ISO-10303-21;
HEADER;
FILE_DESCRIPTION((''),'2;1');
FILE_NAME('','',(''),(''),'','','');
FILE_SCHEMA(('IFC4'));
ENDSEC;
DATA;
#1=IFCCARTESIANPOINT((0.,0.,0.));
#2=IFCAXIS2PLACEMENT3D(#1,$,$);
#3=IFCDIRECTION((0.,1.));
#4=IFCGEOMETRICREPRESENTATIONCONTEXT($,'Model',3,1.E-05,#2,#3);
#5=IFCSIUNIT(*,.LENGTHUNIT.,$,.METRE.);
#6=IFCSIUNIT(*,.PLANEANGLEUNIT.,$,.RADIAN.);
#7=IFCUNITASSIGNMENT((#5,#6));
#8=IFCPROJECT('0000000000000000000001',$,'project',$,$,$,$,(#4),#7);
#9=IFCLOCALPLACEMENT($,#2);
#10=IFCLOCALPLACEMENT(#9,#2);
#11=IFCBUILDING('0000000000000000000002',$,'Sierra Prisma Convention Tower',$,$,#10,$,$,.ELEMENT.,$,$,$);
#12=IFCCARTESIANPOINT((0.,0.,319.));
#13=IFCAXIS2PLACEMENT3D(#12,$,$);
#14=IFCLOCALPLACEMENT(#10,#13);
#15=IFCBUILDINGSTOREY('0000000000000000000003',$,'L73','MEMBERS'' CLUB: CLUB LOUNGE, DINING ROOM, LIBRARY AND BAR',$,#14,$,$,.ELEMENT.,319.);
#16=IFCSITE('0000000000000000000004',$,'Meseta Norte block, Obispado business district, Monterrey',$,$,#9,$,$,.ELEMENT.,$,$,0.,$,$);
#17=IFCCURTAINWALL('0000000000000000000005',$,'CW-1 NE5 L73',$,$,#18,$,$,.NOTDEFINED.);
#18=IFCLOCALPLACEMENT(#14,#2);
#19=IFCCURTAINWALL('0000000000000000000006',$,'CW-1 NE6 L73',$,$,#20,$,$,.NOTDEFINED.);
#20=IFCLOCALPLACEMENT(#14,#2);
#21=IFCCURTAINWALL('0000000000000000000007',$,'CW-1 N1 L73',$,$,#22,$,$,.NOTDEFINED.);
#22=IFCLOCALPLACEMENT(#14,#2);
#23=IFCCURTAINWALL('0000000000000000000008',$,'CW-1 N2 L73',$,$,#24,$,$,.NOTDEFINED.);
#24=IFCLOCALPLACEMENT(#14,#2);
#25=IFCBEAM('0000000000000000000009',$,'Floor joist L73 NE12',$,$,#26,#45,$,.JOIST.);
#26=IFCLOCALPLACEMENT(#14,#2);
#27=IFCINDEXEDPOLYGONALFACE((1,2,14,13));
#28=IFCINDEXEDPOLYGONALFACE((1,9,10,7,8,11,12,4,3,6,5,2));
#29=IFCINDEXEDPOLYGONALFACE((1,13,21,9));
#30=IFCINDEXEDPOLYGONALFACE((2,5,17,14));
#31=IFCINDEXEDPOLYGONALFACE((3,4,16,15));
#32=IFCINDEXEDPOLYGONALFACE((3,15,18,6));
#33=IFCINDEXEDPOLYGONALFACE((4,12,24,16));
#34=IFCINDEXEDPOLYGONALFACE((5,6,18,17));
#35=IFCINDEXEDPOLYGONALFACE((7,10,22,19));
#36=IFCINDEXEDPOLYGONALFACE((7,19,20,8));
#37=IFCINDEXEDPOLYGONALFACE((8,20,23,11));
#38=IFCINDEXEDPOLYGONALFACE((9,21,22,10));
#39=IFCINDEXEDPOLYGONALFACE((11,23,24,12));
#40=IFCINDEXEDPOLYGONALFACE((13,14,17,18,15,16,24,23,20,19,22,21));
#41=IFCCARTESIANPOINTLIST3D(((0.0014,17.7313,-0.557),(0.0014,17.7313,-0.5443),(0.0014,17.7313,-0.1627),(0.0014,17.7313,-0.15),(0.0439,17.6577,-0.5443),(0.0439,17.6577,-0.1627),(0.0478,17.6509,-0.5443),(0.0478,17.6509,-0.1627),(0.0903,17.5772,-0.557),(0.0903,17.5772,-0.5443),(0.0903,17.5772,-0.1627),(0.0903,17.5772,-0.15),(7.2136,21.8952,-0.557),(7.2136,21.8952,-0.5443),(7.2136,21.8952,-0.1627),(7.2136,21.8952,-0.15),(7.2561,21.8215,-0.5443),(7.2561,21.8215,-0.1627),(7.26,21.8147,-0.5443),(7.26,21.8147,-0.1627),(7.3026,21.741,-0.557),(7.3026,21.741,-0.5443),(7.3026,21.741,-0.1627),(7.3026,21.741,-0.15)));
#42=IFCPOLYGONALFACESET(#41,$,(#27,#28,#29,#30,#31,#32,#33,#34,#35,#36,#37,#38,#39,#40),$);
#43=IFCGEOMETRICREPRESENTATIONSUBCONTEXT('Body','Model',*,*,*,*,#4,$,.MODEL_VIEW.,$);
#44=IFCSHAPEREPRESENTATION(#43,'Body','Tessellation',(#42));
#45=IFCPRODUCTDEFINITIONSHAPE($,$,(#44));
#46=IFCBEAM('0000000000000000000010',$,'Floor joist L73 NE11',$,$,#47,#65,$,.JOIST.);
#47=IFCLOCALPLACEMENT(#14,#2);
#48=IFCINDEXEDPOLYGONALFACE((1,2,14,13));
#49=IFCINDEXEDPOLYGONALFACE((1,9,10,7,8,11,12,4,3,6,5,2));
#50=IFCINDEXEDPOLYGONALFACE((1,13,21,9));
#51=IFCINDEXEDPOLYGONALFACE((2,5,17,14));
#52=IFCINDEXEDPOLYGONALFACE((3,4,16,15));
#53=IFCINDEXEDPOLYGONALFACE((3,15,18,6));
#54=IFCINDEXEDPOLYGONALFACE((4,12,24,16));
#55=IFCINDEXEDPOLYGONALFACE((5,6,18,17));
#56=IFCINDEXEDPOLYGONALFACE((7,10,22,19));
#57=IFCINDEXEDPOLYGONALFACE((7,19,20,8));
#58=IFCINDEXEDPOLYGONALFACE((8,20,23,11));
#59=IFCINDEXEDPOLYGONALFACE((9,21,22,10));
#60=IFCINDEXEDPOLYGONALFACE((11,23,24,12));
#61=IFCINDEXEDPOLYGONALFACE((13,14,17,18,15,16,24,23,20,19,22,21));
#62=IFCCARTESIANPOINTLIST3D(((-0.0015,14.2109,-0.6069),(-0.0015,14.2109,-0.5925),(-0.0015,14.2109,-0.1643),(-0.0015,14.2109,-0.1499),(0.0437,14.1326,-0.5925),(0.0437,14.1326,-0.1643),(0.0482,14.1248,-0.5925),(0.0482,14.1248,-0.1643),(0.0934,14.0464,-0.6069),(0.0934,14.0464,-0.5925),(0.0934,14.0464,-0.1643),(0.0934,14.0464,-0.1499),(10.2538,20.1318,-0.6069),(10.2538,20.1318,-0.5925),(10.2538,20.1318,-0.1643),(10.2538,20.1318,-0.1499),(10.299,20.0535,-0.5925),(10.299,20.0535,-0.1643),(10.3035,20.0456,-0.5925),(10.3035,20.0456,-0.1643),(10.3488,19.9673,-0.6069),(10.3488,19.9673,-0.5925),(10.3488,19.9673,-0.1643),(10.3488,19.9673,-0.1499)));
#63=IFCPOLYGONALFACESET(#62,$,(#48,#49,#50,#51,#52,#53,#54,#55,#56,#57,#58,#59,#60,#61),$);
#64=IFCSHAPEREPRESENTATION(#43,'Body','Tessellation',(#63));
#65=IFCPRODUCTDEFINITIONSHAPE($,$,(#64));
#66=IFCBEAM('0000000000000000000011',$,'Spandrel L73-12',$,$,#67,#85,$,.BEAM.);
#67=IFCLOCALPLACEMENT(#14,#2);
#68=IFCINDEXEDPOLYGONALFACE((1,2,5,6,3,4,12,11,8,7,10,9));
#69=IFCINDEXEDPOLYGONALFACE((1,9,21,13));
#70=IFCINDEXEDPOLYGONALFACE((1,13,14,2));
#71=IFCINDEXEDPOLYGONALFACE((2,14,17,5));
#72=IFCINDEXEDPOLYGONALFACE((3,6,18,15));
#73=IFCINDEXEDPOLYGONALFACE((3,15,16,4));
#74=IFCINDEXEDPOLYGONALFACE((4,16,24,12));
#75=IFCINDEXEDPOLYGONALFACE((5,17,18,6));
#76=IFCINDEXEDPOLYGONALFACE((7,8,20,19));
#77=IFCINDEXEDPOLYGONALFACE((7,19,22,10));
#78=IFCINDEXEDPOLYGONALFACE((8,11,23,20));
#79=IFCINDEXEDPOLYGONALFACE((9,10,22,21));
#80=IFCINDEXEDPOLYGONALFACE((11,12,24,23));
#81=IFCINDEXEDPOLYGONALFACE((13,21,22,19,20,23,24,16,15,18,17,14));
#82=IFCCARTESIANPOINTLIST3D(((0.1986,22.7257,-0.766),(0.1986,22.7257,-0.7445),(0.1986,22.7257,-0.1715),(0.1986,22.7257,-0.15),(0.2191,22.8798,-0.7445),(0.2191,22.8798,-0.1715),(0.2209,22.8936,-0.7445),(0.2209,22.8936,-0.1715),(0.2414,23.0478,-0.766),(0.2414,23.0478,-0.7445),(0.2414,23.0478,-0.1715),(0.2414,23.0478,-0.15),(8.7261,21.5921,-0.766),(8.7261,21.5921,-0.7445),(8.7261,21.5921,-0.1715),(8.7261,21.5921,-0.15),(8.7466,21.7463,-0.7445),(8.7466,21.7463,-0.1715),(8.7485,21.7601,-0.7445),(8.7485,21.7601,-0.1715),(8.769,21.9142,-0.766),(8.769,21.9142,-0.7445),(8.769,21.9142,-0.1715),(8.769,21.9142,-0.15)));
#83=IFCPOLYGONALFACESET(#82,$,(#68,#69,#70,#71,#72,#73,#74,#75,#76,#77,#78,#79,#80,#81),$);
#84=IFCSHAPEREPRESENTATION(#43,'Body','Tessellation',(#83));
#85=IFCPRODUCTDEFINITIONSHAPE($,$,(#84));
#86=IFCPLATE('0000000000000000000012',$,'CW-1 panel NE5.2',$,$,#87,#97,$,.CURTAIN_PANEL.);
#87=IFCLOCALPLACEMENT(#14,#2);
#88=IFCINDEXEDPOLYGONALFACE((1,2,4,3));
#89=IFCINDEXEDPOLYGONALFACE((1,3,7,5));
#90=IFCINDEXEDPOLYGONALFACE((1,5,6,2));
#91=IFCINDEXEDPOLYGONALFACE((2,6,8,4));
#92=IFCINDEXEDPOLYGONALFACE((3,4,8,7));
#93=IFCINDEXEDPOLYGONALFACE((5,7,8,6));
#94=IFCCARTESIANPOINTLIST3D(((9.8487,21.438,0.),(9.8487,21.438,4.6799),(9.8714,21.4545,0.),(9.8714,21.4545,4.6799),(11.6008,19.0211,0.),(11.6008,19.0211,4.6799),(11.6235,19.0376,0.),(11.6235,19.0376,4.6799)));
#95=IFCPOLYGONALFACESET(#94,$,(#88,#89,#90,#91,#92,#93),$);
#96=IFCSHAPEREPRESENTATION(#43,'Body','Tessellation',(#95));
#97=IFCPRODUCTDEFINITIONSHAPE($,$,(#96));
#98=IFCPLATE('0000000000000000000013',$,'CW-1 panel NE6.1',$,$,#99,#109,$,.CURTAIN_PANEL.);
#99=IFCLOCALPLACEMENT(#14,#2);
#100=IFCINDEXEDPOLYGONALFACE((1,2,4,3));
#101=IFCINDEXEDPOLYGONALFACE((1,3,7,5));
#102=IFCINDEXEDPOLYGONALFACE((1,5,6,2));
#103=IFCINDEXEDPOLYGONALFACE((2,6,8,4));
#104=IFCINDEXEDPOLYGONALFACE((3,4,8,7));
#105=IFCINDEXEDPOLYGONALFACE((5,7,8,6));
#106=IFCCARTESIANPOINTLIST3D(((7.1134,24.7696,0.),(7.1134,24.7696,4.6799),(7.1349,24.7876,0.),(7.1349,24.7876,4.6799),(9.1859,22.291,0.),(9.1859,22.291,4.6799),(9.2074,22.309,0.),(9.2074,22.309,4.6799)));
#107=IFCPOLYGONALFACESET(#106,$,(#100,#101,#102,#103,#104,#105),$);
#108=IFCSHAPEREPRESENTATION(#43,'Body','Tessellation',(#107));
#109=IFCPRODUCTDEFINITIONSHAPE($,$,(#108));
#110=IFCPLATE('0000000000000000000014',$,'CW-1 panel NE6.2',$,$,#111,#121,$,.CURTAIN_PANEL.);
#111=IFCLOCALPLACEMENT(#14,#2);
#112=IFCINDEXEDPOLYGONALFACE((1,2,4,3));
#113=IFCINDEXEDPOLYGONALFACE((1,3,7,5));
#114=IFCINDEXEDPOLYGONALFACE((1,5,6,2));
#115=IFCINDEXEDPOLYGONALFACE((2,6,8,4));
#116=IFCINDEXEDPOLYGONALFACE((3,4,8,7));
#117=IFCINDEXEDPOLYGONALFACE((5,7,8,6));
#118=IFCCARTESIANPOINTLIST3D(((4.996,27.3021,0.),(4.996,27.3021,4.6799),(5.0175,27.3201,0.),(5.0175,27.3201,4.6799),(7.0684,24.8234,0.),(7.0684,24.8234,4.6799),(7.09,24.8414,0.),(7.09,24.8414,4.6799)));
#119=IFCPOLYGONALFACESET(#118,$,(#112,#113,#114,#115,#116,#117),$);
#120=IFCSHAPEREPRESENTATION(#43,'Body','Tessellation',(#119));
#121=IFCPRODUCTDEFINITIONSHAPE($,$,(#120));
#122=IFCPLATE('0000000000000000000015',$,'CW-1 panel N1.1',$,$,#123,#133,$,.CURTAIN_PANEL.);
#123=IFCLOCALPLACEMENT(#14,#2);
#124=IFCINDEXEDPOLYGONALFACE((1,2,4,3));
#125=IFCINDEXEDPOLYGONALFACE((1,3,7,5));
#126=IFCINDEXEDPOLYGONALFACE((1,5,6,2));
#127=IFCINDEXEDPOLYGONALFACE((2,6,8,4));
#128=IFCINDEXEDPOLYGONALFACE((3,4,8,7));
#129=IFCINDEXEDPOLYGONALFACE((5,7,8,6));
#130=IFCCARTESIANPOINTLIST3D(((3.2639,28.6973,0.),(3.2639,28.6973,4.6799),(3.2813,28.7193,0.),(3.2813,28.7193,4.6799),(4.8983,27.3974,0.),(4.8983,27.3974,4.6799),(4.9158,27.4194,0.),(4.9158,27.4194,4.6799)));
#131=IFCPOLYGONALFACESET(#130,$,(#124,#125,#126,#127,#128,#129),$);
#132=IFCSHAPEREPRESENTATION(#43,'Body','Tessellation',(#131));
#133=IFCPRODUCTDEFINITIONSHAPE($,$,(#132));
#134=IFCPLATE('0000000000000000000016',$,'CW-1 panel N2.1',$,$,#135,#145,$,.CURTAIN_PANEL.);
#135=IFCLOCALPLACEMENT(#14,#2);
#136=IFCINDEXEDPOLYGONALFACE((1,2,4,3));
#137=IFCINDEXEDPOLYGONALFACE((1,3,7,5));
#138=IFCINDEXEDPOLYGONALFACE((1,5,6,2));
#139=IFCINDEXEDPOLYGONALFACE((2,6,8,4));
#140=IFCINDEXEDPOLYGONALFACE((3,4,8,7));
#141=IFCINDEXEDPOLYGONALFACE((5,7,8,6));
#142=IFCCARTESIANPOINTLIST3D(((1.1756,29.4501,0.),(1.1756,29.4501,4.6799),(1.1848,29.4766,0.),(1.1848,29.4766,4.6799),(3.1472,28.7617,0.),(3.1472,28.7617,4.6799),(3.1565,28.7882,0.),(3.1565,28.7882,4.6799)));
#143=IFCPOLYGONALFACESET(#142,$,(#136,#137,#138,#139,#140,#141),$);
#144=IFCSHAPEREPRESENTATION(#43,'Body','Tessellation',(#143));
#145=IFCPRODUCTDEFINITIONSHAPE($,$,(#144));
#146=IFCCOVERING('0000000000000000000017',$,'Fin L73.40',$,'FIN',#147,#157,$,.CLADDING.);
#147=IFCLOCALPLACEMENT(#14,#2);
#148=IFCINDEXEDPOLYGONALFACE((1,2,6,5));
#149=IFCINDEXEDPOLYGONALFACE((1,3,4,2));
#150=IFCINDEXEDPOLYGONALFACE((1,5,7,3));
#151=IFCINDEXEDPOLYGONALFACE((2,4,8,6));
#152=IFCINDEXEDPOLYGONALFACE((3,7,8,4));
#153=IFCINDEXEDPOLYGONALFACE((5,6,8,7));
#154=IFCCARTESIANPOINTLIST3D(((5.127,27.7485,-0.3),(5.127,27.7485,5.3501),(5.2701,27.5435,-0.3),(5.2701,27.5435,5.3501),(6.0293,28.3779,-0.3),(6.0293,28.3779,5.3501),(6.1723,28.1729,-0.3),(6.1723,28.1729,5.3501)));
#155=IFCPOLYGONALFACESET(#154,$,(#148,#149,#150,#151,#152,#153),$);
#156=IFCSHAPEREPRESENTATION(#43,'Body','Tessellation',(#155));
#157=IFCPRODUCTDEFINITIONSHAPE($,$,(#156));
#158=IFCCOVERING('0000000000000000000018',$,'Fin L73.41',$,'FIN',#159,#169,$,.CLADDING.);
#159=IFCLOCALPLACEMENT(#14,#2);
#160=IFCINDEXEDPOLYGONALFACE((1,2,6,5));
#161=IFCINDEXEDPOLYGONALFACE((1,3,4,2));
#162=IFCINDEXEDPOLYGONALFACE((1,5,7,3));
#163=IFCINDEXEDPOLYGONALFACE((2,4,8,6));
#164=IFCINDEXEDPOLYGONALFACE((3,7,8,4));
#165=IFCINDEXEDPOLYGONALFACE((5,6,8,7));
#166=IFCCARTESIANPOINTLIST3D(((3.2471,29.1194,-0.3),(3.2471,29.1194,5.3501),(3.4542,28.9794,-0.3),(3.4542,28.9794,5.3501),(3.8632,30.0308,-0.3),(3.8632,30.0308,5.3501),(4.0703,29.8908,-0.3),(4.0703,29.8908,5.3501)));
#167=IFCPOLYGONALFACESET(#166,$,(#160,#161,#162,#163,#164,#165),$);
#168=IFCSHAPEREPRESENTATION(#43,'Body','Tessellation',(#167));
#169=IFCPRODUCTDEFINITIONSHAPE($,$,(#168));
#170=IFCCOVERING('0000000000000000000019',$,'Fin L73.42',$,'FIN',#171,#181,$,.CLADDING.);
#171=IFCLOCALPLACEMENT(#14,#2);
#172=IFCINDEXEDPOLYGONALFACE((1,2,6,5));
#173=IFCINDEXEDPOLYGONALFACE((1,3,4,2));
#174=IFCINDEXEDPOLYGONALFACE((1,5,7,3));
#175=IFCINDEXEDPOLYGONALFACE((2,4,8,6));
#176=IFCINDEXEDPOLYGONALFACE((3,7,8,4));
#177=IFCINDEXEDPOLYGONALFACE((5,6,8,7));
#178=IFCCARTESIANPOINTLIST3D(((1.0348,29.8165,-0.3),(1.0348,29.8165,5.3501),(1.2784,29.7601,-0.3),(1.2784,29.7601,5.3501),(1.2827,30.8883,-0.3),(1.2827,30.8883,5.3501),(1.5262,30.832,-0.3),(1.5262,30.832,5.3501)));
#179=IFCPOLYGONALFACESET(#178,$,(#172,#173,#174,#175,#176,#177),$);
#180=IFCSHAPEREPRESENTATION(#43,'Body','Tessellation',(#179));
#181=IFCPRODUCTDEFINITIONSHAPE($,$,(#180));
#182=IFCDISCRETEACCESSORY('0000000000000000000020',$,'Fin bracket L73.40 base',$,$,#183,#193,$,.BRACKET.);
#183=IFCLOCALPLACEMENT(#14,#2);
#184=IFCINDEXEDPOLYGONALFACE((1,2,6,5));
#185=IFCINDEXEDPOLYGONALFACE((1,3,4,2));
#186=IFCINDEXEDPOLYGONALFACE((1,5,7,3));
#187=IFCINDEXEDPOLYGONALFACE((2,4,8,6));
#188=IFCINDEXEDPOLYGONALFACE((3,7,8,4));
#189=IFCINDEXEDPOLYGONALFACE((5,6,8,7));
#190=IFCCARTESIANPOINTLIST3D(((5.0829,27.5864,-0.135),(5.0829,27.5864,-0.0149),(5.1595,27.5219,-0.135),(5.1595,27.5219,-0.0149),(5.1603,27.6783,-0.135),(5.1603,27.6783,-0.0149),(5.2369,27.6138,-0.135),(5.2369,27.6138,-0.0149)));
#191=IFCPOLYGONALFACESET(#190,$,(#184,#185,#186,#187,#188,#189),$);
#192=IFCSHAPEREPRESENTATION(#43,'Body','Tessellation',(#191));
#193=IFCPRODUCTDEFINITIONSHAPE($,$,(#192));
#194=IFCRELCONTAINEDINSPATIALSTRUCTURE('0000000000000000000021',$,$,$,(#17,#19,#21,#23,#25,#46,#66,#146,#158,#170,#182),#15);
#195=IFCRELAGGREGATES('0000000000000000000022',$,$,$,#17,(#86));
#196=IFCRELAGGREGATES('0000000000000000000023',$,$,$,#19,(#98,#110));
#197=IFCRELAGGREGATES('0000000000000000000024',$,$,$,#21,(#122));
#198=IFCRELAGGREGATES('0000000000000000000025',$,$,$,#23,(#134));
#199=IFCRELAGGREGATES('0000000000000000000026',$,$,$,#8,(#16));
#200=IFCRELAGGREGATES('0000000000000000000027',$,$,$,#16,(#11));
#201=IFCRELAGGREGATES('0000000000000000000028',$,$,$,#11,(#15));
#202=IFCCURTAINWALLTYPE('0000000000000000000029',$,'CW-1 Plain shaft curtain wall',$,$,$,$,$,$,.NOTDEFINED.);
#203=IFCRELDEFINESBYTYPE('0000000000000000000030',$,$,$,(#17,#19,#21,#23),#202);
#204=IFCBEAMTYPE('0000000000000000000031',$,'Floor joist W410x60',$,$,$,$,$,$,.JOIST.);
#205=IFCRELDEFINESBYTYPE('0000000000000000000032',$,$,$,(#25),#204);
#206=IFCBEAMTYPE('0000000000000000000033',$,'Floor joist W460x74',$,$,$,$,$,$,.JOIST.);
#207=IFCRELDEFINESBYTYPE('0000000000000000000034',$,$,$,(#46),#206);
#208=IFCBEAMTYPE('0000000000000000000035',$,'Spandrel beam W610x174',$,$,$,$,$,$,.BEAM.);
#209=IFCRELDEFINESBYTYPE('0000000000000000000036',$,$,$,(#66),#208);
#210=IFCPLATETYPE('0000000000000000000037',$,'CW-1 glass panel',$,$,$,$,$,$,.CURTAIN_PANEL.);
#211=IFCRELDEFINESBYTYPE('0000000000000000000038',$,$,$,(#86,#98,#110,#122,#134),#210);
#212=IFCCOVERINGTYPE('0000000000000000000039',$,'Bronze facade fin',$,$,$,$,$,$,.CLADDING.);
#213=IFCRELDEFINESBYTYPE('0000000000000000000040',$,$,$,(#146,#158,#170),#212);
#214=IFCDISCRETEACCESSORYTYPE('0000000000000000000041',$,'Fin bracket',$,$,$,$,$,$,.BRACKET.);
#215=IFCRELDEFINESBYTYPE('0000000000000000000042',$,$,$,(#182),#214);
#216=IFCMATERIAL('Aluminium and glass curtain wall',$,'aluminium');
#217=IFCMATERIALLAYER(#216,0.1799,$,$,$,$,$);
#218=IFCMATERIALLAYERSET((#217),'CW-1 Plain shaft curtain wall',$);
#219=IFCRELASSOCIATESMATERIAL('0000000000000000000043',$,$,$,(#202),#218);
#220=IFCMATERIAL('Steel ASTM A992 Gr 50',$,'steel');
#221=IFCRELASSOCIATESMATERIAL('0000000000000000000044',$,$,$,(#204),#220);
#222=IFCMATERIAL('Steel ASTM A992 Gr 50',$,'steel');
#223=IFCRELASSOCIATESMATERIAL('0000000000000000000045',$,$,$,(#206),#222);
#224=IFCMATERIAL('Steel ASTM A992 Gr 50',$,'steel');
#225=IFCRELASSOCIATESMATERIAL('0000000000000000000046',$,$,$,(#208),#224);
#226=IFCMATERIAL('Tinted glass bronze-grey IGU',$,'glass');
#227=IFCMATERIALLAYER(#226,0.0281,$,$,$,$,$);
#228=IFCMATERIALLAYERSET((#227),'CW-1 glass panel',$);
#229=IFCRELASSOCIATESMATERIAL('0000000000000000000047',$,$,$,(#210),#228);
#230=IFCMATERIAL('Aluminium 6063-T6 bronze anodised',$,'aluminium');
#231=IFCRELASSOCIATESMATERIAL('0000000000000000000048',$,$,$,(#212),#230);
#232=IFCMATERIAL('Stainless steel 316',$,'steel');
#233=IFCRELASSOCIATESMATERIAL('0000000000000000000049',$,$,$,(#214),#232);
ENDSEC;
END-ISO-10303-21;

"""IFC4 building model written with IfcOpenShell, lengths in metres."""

from ifc_helpers import new_model, si_unit, direction, frame, origin, origin_2d, place, context, subcontext, project, spatial, rectangle, i_section, extrude, material, layer, layer_set, material_profile, profile_set, type_object, element, aggregate, save


model = new_model("IFC4")

# Units and contexts
model_context = context("Model", 3, precision=1e-05, world=origin(), true_north=direction((0.0, 1.0)))
body_context = subcontext(model_context, "Body", "Model", "MODEL_VIEW")
ifc_project = project(units=[si_unit("LENGTHUNIT", "METRE"), si_unit("PLANEANGLEUNIT", "RADIAN")], contexts=[model_context])

# Site, building, storey
site_placement = place(None, origin())
site = spatial("IfcSite", under=ifc_project, at=site_placement, Name="Meseta Norte block, Obispado business district, Monterrey", CompositionType="ELEMENT", RefElevation=0.0)
building_placement = place(site_placement, origin())
building = spatial("IfcBuilding", under=site, at=building_placement, Name="Sierra Prisma Convention Tower", CompositionType="ELEMENT")
storey_placement = place(building_placement, frame((0.0, 0.0, 319.0)))
storey = spatial("IfcBuildingStorey", under=building, at=storey_placement, Name="L73", Description="MEMBERS' CLUB: CLUB LOUNGE, DINING ROOM, LIBRARY AND BAR", CompositionType="ELEMENT", Elevation=319.0)

# Curtain walls
ifc_material_1 = material(Name="Aluminium and glass curtain wall", Category="aluminium")
ifc_layer_1 = layer(ifc_material_1, 0.1799)
ifc_layer_set_1 = layer_set([ifc_layer_1], Name="CW-1 Plain shaft curtain wall")
curtain_wall_type = type_object("IfcCurtainWallType", Name="CW-1 Plain shaft curtain wall", PredefinedType="NOTDEFINED", material=ifc_layer_set_1)
curtain_wall_1_placement = place(storey_placement, origin())
curtain_wall_1 = element("IfcCurtainWall", 1, at=curtain_wall_1_placement, inside=storey, type_object=curtain_wall_type, Name="CW-1 NE5 L73", PredefinedType="NOTDEFINED")
curtain_wall_2_placement = place(storey_placement, origin())
curtain_wall_2 = element("IfcCurtainWall", 2, at=curtain_wall_2_placement, inside=storey, type_object=curtain_wall_type, Name="CW-1 NE6 L73", PredefinedType="NOTDEFINED")
curtain_wall_3_placement = place(storey_placement, origin())
curtain_wall_3 = element("IfcCurtainWall", 3, at=curtain_wall_3_placement, inside=storey, type_object=curtain_wall_type, Name="CW-1 N1 L73", PredefinedType="NOTDEFINED")
curtain_wall_4_placement = place(storey_placement, origin())
curtain_wall_4 = element("IfcCurtainWall", 4, at=curtain_wall_4_placement, inside=storey, type_object=curtain_wall_type, Name="CW-1 N2 L73", PredefinedType="NOTDEFINED")

# Beams
ifc_material_2 = material(Name="Steel ASTM A992 Gr 50", Category="steel")
ifc_material_profile_1 = material_profile(ifc_material_2, i_section(OverallWidth=0.178, OverallDepth=0.407, WebThickness=0.0078, FlangeThickness=0.0127, at=origin_2d()), Name="W410x60")
ifc_profile_set_1 = profile_set([ifc_material_profile_1], Name="Steel ASTM A992 Gr 50")
beam_type_1 = type_object("IfcBeamType", Name="Floor joist W410x60", PredefinedType="JOIST", material=ifc_profile_set_1)
beam_1_placement = place(storey_placement, frame((7.2581, 21.8181, -0.3535), z_axis=(-0.866032, -0.499989, 0.0), x_axis=(0.499989, -0.866032, 0.0)))
element("IfcBeam", 5, at=beam_1_placement, inside=storey, type_object=beam_type_1, Name="Floor joist L73 NE12", PredefinedType="JOIST", context=body_context, shape_type="SweptSolid", body=[
    extrude(i_section(OverallWidth=0.178, OverallDepth=0.407, WebThickness=0.0078, FlangeThickness=0.0127, at=origin_2d()), origin(), (0.0, 0.0, 1.0), 8.3279),
])
ifc_material_3 = material(Name="Steel ASTM A992 Gr 50", Category="steel")
ifc_material_profile_2 = material_profile(ifc_material_3, i_section(OverallWidth=0.1899, OverallDepth=0.457, WebThickness=0.009, FlangeThickness=0.0144, at=origin_2d()), Name="W460x74")
ifc_profile_set_2 = profile_set([ifc_material_profile_2], Name="Steel ASTM A992 Gr 50")
beam_type_2 = type_object("IfcBeamType", Name="Floor joist W460x74", PredefinedType="JOIST", material=ifc_profile_set_2)
beam_2_placement = place(storey_placement, frame((10.3013, 20.0496, -0.3784), z_axis=(-0.866027, -0.499997, 0.0), x_axis=(0.499997, -0.866027, 0.0)))
element("IfcBeam", 6, at=beam_2_placement, inside=storey, type_object=beam_type_2, Name="Floor joist L73 NE11", PredefinedType="JOIST", context=body_context, shape_type="SweptSolid", body=[
    extrude(i_section(OverallWidth=0.1899, OverallDepth=0.457, WebThickness=0.009, FlangeThickness=0.0144, at=origin_2d()), origin(), (0.0, 0.0, 1.0), 11.8418),
])
ifc_material_4 = material(Name="Steel ASTM A992 Gr 50", Category="steel")
ifc_material_profile_3 = material_profile(ifc_material_4, i_section(OverallWidth=0.325, OverallDepth=0.616, WebThickness=0.0139, FlangeThickness=0.0215, at=origin_2d()), Name="W610x174")
ifc_profile_set_3 = profile_set([ifc_material_profile_3], Name="Steel ASTM A992 Gr 50")
beam_type_3 = type_object("IfcBeamType", Name="Spandrel beam W610x174", PredefinedType="BEAM", material=ifc_profile_set_3)
beam_3_placement = place(storey_placement, frame((8.7476, 21.7532, -0.458), z_axis=(-0.991281, 0.131768, 0.0), x_axis=(-0.131768, -0.991281, 0.0)))
element("IfcBeam", 7, at=beam_3_placement, inside=storey, type_object=beam_type_3, Name="Spandrel L73-12", PredefinedType="BEAM", context=body_context, shape_type="SweptSolid", body=[
    extrude(i_section(OverallWidth=0.325, OverallDepth=0.616, WebThickness=0.0139, FlangeThickness=0.0215, at=origin_2d()), origin(), (0.0, 0.0, 1.0), 8.6025),
])

# Plates
ifc_material_5 = material(Name="Tinted glass bronze-grey IGU", Category="glass")
ifc_layer_2 = layer(ifc_material_5, 0.0281)
ifc_layer_set_2 = layer_set([ifc_layer_2], Name="CW-1 glass panel")
plate_type = type_object("IfcPlateType", Name="CW-1 glass panel", PredefinedType="CURTAIN_PANEL", material=ifc_layer_set_2)
plate_1_placement = place(storey_placement, frame((10.7361, 20.2378, 0.0), z_axis=(0.0, 0.0, 1.0), x_axis=(-0.586938, 0.809632, 0.0)))
plate_1 = element("IfcPlate", 8, at=plate_1_placement, type_object=plate_type, Name="CW-1 panel NE5.2", PredefinedType="CURTAIN_PANEL", context=body_context, shape_type="SweptSolid", body=[
    extrude(rectangle(XDim=2.9851, YDim=0.0281, at=origin_2d()), origin(), (0.0, 0.0, 1.0), 4.6799),
])
aggregate(curtain_wall_1, [plate_1])
plate_2_placement = place(storey_placement, frame((8.1604, 23.5393, 0.0), z_axis=(0.0, 0.0, 1.0), x_axis=(-0.64145, 0.767165, 0.0)))
plate_2 = element("IfcPlate", 9, at=plate_2_placement, type_object=plate_type, Name="CW-1 panel NE6.1", PredefinedType="CURTAIN_PANEL", context=body_context, shape_type="SweptSolid", body=[
    extrude(rectangle(XDim=3.231, YDim=0.0281, at=origin_2d()), origin(), (0.0, 0.0, 1.0), 4.6799),
])
plate_3_placement = place(storey_placement, frame((6.043, 26.0718, 0.0), z_axis=(0.0, 0.0, 1.0), x_axis=(-0.64145, 0.767165, 0.0)))
plate_3 = element("IfcPlate", 10, at=plate_3_placement, type_object=plate_type, Name="CW-1 panel NE6.2", PredefinedType="CURTAIN_PANEL", context=body_context, shape_type="SweptSolid", body=[
    extrude(rectangle(XDim=3.231, YDim=0.0281, at=origin_2d()), origin(), (0.0, 0.0, 1.0), 4.6799),
])
aggregate(curtain_wall_2, [plate_2, plate_3])
plate_4_placement = place(storey_placement, frame((4.0898, 28.0583, 0.0), z_axis=(0.0, 0.0, 1.0), x_axis=(-0.782652, 0.62246, 0.0)))
plate_4 = element("IfcPlate", 11, at=plate_4_placement, type_object=plate_type, Name="CW-1 panel N1.1", PredefinedType="CURTAIN_PANEL", context=body_context, shape_type="SweptSolid", body=[
    extrude(rectangle(XDim=2.0884, YDim=0.0281, at=origin_2d()), origin(), (0.0, 0.0, 1.0), 4.6799),
])
aggregate(curtain_wall_3, [plate_4])
plate_5_placement = place(storey_placement, frame((2.166, 29.1191, 0.0), z_axis=(0.0, 0.0, 1.0), x_axis=(-0.944101, 0.329658, 0.0)))
plate_5 = element("IfcPlate", 12, at=plate_5_placement, type_object=plate_type, Name="CW-1 panel N2.1", PredefinedType="CURTAIN_PANEL", context=body_context, shape_type="SweptSolid", body=[
    extrude(rectangle(XDim=2.0884, YDim=0.0281, at=origin_2d()), origin(), (0.0, 0.0, 1.0), 4.6799),
])
aggregate(curtain_wall_4, [plate_5])

# Coverings
ifc_material_6 = material(Name="Aluminium 6063-T6 bronze anodised", Category="aluminium")
ifc_material_profile_4 = material_profile(ifc_material_6, rectangle(XDim=1.1001, YDim=0.25, at=origin_2d()), Name="ALU FIN 1100x250")
ifc_profile_set_4 = profile_set([ifc_material_profile_4], Name="Aluminium 6063-T6 bronze anodised")
covering_type = type_object("IfcCoveringType", Name="Bronze facade fin", PredefinedType="CLADDING", material=ifc_profile_set_4)
for number, where, z_axis, x_axis, name in (
    (13, (5.6497, 27.9607, -0.3), (0.0, 0.0, 1.0), (0.820152, 0.572146, 0.0), "Fin L73.40"),
    (14, (3.6587, 29.5051, -0.3), (0.0, 0.0, 1.0), (0.560061, 0.828452, 0.0), "Fin L73.41"),
    (15, (1.2805, 30.3242, -0.3), (0.0, 0.0, 1.0), (0.225291, 0.974291, 0.0), "Fin L73.42"),
):
    element("IfcCovering", number, at=place(storey_placement, frame(where, z_axis=z_axis, x_axis=x_axis)), inside=storey, type_object=covering_type, Name=name, ObjectType="FIN", PredefinedType="CLADDING", context=body_context, shape_type="SweptSolid", body=[
        extrude(rectangle(XDim=1.1001, YDim=0.25, at=origin_2d()), origin(), (0.0, 0.0, 1.0), 5.6501),
    ])

# Discrete accessory
ifc_material_7 = material(Name="Stainless steel 316", Category="steel")
discrete_accessory_type = type_object("IfcDiscreteAccessoryType", Name="Fin bracket", PredefinedType="BRACKET", material=ifc_material_7)
for number, where, z_axis, x_axis, name in (
    (16, (5.1599, 27.6001, -0.135), (0.0, 0.0, 1.0), (0.644123, 0.764922, 0.0), "Fin bracket L73.40 base"),
):
    element("IfcDiscreteAccessory", number, at=place(storey_placement, frame(where, z_axis=z_axis, x_axis=x_axis)), inside=storey, type_object=discrete_accessory_type, Name=name, PredefinedType="BRACKET", context=body_context, shape_type="SweptSolid", body=[
        extrude(rectangle(XDim=0.1201, YDim=0.1001, at=origin_2d()), origin(), (0.0, 0.0, 1.0), 0.1201),
    ])

save(model, "model.ifc")
